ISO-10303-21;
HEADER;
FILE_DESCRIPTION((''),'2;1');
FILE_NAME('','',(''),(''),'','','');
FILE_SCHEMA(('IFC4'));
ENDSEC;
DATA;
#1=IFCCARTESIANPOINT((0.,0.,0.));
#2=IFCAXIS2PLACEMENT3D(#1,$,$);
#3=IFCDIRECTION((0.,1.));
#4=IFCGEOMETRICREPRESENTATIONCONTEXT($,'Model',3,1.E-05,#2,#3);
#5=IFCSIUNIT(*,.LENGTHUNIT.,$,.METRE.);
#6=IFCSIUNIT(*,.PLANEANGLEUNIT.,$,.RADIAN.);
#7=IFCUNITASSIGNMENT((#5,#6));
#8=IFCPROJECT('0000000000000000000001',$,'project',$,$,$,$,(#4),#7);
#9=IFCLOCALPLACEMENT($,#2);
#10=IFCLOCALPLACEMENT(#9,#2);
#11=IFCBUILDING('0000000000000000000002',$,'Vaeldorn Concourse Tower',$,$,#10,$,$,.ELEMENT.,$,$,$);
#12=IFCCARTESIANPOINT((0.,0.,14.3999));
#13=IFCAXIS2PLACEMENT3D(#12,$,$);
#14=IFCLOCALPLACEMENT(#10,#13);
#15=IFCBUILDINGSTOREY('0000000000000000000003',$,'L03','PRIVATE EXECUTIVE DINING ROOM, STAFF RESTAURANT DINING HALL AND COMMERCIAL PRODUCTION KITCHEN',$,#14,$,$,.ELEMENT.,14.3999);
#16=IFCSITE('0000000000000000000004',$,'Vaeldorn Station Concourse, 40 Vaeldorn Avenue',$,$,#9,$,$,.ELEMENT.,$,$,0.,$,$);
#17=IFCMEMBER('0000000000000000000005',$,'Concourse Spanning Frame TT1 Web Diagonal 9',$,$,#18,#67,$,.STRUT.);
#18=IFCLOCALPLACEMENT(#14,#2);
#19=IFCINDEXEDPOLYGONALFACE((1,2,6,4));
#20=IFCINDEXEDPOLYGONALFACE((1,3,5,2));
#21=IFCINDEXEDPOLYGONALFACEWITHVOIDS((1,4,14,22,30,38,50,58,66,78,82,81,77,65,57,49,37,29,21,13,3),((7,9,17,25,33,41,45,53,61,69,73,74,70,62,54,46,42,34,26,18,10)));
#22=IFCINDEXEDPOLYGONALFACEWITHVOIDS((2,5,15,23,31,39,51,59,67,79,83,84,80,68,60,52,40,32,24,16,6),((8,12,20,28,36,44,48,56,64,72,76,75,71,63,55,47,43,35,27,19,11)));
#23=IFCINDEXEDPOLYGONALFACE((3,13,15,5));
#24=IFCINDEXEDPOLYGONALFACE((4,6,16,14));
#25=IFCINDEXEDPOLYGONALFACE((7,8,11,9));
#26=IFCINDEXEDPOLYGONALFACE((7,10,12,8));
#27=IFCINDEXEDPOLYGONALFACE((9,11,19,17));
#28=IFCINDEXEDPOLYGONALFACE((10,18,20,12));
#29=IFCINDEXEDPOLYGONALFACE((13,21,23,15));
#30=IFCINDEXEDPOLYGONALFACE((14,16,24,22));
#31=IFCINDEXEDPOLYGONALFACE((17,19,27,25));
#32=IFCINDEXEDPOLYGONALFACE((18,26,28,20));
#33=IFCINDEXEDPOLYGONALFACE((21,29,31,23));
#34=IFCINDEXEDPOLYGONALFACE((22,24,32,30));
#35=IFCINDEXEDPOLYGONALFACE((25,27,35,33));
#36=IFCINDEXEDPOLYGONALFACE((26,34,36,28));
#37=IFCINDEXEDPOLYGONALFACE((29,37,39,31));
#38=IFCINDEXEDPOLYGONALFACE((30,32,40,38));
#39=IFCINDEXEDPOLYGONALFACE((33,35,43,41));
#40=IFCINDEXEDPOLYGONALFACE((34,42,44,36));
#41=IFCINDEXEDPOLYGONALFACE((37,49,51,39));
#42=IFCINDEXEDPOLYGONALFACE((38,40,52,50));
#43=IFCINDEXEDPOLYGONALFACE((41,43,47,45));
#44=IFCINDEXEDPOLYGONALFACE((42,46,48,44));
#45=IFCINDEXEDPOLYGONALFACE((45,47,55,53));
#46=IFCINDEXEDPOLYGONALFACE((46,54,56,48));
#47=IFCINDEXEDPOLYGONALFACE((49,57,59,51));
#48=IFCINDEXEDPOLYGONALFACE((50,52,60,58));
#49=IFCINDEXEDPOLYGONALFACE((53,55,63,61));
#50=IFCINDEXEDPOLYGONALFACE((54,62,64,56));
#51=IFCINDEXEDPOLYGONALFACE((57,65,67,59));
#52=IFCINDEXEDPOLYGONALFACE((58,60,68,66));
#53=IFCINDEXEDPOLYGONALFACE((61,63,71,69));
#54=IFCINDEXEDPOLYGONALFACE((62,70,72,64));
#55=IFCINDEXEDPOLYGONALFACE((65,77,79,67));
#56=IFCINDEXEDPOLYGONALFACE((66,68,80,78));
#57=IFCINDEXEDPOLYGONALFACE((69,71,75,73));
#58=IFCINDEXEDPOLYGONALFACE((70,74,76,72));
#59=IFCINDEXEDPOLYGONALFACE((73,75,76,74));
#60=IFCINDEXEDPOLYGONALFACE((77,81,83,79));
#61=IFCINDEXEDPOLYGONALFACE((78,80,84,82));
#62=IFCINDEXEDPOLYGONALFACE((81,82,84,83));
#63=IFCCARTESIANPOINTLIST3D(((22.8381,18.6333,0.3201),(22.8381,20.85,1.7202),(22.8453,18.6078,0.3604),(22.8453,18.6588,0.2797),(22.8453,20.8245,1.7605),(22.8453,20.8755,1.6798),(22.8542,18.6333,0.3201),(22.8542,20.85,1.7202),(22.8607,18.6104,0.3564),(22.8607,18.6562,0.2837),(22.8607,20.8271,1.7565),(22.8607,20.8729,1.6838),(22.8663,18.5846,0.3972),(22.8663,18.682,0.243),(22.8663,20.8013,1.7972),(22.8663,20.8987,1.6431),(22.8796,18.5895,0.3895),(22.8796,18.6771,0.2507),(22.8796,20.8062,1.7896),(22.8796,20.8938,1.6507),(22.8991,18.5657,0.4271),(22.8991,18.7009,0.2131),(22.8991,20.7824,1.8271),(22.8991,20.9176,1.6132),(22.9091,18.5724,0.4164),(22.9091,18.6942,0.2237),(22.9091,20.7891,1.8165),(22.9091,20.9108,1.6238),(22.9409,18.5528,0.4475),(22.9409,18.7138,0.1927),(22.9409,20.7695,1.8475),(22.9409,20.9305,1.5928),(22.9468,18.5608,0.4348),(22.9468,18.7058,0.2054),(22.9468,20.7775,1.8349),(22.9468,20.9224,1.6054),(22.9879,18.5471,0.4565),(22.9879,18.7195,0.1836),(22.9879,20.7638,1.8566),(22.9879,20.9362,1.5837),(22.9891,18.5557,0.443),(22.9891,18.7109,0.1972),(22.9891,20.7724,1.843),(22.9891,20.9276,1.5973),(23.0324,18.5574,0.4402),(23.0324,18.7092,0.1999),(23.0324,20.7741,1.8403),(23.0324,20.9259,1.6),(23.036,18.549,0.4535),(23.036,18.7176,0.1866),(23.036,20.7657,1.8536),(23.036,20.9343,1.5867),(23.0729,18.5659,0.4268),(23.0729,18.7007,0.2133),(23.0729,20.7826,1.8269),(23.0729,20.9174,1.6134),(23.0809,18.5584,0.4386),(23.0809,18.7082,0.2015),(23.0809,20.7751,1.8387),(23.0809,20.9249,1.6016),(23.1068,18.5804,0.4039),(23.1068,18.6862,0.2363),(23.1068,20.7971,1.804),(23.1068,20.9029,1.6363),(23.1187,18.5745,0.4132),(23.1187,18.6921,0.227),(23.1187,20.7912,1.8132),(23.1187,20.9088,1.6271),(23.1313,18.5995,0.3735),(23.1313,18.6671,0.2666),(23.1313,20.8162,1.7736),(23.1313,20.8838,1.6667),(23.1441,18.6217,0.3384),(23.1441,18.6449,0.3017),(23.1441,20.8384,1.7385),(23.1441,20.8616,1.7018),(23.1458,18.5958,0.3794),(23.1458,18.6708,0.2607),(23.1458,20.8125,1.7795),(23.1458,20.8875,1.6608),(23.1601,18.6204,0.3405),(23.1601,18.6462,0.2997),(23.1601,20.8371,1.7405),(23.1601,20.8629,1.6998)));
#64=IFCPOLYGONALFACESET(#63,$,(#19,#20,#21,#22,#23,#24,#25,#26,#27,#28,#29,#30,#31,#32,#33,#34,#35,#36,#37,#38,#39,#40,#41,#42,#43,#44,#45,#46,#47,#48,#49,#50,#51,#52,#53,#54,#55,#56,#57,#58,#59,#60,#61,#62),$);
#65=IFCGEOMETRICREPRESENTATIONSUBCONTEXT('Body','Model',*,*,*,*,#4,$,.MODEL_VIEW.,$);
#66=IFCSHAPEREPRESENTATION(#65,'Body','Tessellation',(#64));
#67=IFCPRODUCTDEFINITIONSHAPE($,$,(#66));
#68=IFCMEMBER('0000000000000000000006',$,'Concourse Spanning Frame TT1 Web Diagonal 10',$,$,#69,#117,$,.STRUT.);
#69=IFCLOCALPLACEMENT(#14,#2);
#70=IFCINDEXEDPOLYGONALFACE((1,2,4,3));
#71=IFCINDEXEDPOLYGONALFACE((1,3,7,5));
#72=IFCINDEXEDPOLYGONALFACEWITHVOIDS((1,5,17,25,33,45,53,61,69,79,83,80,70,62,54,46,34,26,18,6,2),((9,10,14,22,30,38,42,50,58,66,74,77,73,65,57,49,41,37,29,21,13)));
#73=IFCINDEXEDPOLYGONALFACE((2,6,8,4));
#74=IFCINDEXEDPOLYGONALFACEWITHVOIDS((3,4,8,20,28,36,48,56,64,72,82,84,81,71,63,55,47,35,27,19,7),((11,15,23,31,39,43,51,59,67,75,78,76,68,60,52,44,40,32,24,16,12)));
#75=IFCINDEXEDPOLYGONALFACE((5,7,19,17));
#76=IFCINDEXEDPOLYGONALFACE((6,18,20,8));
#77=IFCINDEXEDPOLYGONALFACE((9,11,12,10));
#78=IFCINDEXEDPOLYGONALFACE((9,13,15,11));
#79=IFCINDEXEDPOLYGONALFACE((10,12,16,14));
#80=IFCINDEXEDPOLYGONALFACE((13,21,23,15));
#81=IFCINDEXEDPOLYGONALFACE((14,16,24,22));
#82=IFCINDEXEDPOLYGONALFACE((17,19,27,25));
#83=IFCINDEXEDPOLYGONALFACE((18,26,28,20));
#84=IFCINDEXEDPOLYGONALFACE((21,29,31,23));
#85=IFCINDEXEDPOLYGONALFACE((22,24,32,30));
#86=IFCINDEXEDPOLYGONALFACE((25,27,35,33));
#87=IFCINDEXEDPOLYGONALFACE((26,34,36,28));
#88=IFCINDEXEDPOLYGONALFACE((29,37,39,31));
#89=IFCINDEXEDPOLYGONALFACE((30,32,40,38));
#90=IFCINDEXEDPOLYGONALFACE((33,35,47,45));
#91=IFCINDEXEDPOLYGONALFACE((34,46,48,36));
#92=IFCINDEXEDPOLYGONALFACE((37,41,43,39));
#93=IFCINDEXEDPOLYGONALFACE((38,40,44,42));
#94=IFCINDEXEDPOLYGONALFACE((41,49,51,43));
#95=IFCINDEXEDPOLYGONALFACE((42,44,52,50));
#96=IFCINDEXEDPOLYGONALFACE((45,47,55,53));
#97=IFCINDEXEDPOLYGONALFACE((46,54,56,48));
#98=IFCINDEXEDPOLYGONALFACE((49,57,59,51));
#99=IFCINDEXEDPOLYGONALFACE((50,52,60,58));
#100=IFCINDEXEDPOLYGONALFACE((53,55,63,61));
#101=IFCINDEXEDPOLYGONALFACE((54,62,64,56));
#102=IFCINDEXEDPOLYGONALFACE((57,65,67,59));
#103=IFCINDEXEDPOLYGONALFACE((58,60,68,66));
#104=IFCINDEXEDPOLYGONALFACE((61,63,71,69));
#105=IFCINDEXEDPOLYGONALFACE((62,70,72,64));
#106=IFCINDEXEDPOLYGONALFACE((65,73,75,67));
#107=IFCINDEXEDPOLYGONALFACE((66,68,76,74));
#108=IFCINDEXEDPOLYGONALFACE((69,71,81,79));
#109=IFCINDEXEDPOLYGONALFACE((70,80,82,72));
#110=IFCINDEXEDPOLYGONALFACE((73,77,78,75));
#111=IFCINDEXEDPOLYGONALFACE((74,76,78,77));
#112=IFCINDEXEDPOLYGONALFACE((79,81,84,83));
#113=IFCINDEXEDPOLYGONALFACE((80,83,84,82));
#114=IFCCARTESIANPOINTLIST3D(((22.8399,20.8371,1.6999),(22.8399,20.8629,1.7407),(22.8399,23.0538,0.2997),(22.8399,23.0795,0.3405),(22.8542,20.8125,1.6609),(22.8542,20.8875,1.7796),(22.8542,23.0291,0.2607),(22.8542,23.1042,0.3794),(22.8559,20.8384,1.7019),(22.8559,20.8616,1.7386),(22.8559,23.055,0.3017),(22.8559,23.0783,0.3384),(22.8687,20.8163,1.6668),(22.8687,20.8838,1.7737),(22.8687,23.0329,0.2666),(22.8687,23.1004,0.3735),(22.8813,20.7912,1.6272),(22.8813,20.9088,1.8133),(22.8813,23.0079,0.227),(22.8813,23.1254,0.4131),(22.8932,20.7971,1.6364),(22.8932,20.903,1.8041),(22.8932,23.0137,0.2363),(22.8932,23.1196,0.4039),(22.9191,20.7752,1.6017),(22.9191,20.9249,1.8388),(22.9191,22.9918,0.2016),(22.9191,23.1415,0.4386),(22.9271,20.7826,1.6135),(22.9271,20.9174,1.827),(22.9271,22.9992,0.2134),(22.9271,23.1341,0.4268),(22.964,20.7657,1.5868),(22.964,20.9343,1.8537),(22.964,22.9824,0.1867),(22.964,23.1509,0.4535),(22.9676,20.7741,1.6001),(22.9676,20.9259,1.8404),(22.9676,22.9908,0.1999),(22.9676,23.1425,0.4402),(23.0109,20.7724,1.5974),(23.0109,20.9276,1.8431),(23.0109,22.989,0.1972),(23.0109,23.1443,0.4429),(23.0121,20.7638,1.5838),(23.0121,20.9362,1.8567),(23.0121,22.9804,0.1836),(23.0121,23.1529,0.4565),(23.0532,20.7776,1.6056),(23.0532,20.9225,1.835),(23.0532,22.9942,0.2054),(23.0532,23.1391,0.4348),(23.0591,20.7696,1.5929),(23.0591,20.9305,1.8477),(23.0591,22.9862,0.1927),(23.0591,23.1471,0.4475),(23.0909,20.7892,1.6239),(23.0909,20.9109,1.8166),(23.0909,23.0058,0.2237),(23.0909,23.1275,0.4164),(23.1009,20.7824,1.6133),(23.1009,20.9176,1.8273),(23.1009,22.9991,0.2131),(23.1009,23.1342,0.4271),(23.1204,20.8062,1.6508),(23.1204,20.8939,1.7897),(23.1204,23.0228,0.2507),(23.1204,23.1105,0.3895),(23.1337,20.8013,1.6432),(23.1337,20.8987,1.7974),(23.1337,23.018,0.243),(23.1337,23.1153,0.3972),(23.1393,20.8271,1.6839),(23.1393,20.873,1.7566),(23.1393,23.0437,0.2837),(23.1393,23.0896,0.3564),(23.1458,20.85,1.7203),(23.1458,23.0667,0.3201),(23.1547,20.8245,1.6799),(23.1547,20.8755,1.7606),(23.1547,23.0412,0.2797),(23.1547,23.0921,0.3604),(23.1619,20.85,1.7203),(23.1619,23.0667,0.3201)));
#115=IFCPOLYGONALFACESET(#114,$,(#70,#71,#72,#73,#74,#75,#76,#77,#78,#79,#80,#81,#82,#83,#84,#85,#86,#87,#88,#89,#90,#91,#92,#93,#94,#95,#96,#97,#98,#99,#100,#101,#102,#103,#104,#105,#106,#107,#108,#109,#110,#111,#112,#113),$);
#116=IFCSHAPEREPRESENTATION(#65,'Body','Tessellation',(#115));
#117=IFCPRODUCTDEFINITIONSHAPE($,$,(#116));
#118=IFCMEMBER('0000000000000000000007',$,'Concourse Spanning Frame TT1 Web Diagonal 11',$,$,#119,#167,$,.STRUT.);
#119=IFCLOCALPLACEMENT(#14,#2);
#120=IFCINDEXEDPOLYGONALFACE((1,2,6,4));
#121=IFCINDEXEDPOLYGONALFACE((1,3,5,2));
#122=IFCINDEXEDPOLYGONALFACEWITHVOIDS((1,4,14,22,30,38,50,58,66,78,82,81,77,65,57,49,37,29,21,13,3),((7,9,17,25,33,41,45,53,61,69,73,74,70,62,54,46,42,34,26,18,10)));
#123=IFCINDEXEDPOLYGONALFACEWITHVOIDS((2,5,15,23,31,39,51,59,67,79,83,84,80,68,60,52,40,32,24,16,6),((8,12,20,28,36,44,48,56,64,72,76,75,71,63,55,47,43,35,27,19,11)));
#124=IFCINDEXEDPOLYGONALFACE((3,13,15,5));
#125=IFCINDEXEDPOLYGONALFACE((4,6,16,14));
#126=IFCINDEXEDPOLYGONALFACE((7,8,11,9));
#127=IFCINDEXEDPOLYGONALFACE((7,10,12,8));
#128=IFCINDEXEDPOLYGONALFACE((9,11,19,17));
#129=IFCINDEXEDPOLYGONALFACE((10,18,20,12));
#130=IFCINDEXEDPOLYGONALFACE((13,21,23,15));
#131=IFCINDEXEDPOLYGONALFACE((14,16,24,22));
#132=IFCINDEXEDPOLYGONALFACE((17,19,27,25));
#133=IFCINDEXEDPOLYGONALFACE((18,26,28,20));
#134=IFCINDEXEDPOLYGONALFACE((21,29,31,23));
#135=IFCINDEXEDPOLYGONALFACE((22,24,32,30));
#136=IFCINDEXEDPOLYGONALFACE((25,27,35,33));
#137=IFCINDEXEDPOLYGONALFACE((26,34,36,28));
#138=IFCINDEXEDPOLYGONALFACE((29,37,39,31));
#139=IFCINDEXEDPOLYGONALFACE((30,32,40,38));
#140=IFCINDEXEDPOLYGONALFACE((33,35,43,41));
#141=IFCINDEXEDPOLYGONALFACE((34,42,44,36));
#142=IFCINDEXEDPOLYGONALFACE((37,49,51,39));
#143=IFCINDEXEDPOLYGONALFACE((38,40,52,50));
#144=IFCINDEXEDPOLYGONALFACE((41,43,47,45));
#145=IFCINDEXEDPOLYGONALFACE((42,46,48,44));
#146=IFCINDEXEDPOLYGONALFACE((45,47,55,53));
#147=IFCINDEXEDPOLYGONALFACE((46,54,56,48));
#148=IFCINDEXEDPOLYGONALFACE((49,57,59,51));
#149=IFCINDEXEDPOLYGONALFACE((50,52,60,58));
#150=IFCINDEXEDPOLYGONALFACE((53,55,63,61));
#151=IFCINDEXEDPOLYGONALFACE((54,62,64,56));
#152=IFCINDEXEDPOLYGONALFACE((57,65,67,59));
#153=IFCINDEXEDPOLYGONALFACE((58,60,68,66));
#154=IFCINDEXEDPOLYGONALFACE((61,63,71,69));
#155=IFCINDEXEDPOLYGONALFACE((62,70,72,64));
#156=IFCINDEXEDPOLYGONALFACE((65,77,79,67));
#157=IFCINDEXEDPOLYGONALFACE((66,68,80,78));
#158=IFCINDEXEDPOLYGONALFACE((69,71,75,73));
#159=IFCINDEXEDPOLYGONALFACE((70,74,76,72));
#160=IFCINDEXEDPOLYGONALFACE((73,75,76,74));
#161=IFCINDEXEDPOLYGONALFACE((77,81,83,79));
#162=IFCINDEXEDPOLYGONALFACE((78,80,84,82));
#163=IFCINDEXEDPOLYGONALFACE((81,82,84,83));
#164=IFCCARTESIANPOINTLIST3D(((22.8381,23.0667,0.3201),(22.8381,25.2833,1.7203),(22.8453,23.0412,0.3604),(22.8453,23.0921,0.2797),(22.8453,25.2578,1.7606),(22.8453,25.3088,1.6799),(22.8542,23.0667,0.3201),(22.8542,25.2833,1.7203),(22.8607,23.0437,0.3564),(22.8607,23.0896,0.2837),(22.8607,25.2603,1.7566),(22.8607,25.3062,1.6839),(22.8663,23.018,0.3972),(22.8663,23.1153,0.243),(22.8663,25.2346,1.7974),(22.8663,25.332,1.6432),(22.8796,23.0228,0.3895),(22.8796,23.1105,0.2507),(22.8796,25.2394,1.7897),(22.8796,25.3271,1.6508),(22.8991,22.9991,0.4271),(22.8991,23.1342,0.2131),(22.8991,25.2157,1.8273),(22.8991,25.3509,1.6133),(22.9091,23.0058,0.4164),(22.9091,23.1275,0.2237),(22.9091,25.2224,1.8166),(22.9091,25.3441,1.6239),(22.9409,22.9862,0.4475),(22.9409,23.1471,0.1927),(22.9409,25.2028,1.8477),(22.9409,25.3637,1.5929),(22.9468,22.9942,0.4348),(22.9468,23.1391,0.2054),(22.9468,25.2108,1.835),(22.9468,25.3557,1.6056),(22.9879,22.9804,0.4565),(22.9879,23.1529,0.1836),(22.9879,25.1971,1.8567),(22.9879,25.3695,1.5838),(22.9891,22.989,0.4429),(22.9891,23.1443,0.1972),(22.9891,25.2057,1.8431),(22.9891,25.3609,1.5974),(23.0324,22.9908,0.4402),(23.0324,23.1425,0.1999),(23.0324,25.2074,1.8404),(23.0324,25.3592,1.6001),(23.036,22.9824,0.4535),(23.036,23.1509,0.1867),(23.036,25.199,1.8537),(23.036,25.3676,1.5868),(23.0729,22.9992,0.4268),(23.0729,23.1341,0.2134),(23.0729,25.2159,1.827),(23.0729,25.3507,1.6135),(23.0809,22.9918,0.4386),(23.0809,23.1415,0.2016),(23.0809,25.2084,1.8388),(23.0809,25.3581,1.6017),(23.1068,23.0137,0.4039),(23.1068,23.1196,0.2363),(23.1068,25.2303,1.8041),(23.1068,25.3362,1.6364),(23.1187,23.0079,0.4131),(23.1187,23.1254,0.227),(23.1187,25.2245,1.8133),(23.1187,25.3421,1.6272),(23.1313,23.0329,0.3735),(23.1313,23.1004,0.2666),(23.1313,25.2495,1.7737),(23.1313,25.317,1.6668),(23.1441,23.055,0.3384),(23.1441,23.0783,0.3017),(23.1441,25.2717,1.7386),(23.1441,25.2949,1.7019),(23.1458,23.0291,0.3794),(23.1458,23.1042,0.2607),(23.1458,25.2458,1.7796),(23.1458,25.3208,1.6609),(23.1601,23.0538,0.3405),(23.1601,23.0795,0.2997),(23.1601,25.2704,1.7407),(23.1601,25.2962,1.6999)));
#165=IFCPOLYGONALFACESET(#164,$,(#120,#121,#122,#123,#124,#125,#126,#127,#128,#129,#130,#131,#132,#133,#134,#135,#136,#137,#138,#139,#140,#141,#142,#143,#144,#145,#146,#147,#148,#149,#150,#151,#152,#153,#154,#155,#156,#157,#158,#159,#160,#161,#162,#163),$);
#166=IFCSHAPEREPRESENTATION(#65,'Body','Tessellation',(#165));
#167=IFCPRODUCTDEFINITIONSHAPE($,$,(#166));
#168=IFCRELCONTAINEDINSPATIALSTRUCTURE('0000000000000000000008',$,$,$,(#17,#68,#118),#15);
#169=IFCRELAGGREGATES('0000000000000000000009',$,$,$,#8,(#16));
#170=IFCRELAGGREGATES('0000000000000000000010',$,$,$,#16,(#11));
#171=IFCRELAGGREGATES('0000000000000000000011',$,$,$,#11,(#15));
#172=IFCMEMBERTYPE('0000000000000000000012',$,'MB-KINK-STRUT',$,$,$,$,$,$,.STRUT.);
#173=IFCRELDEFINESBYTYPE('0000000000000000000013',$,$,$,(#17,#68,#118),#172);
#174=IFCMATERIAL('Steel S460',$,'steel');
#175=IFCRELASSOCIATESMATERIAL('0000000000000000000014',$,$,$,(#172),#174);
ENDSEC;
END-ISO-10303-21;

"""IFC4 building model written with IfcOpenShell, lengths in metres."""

from ifc_helpers import new_model, si_unit, direction, frame, origin, origin_2d, place, context, subcontext, project, spatial, hollow_circle, extrude, source, transform, mapped, material, material_profile, profile_set, type_object, element, save


model = new_model("IFC4")

# Units and contexts
model_context = context("Model", 3, precision=1e-05, world=origin(), true_north=direction((0.0, 1.0)))
body_context = subcontext(model_context, "Body", "Model", "MODEL_VIEW")
ifc_project = project(units=[si_unit("LENGTHUNIT", "METRE"), si_unit("PLANEANGLEUNIT", "RADIAN")], contexts=[model_context])

# Site, building, storey
site_placement = place(None, origin())
site = spatial("IfcSite", under=ifc_project, at=site_placement, Name="Vaeldorn Station Concourse, 40 Vaeldorn Avenue", CompositionType="ELEMENT", RefElevation=0.0)
building_placement = place(site_placement, origin())
building = spatial("IfcBuilding", under=site, at=building_placement, Name="Vaeldorn Concourse Tower", CompositionType="ELEMENT")
storey_placement = place(building_placement, frame((0.0, 0.0, 14.3999)))
storey = spatial("IfcBuildingStorey", under=building, at=storey_placement, Name="L03", Description="PRIVATE EXECUTIVE DINING ROOM, STAFF RESTAURANT DINING HALL AND COMMERCIAL PRODUCTION KITCHEN", CompositionType="ELEMENT", Elevation=14.3999)

# Shared definitions
ifc_material = material(Name="Steel S460", Category="steel")

# Members
ifc_material_profile_1 = material_profile(ifc_material, hollow_circle(Radius=0.1619, WallThickness=0.0161, at=origin_2d()), Name="CHS 323.9x16")
ifc_profile_set_1 = profile_set([ifc_material_profile_1], Name="Steel S460")
member_type_1 = type_object("IfcMemberType", Name="MB-KINK-STRUT", PredefinedType="STRUT", material=ifc_profile_set_1)
shared_shape_1 = source(origin(), body_context, "Body", "SweptSolid", [
    extrude(hollow_circle(Radius=0.1619, WallThickness=0.0161, at=origin_2d()), origin(), (0.0, 0.0, 1.0), 2.6218),
])
for number, where, z_axis, x_axis, name in (
    (1, (23.0, 18.6333, 0.3201), (0.0, 0.845478, 0.534011), (-1.0, 0.0, 0.0), "Concourse Spanning Frame TT1 Web Diagonal 9"),
    (2, (23.0, 23.0667, 0.3201), (0.0, -0.845451, 0.534053), (1.0, 0.0, 0.0), "Concourse Spanning Frame TT1 Web Diagonal 10"),
    (3, (23.0, 23.0667, 0.3201), (0.0, 0.845451, 0.534053), (-1.0, 0.0, 0.0), "Concourse Spanning Frame TT1 Web Diagonal 11"),
):
    element("IfcMember", number, at=place(storey_placement, frame(where, z_axis=z_axis, x_axis=x_axis)), inside=storey, type_object=member_type_1, Name=name, PredefinedType="STRUT", context=body_context, shape_type="MappedRepresentation", body=[
        mapped(shared_shape_1, transform((0.0, 0.0, 0.0), scale=1.0)),
    ])

save(model, "model.ifc")
